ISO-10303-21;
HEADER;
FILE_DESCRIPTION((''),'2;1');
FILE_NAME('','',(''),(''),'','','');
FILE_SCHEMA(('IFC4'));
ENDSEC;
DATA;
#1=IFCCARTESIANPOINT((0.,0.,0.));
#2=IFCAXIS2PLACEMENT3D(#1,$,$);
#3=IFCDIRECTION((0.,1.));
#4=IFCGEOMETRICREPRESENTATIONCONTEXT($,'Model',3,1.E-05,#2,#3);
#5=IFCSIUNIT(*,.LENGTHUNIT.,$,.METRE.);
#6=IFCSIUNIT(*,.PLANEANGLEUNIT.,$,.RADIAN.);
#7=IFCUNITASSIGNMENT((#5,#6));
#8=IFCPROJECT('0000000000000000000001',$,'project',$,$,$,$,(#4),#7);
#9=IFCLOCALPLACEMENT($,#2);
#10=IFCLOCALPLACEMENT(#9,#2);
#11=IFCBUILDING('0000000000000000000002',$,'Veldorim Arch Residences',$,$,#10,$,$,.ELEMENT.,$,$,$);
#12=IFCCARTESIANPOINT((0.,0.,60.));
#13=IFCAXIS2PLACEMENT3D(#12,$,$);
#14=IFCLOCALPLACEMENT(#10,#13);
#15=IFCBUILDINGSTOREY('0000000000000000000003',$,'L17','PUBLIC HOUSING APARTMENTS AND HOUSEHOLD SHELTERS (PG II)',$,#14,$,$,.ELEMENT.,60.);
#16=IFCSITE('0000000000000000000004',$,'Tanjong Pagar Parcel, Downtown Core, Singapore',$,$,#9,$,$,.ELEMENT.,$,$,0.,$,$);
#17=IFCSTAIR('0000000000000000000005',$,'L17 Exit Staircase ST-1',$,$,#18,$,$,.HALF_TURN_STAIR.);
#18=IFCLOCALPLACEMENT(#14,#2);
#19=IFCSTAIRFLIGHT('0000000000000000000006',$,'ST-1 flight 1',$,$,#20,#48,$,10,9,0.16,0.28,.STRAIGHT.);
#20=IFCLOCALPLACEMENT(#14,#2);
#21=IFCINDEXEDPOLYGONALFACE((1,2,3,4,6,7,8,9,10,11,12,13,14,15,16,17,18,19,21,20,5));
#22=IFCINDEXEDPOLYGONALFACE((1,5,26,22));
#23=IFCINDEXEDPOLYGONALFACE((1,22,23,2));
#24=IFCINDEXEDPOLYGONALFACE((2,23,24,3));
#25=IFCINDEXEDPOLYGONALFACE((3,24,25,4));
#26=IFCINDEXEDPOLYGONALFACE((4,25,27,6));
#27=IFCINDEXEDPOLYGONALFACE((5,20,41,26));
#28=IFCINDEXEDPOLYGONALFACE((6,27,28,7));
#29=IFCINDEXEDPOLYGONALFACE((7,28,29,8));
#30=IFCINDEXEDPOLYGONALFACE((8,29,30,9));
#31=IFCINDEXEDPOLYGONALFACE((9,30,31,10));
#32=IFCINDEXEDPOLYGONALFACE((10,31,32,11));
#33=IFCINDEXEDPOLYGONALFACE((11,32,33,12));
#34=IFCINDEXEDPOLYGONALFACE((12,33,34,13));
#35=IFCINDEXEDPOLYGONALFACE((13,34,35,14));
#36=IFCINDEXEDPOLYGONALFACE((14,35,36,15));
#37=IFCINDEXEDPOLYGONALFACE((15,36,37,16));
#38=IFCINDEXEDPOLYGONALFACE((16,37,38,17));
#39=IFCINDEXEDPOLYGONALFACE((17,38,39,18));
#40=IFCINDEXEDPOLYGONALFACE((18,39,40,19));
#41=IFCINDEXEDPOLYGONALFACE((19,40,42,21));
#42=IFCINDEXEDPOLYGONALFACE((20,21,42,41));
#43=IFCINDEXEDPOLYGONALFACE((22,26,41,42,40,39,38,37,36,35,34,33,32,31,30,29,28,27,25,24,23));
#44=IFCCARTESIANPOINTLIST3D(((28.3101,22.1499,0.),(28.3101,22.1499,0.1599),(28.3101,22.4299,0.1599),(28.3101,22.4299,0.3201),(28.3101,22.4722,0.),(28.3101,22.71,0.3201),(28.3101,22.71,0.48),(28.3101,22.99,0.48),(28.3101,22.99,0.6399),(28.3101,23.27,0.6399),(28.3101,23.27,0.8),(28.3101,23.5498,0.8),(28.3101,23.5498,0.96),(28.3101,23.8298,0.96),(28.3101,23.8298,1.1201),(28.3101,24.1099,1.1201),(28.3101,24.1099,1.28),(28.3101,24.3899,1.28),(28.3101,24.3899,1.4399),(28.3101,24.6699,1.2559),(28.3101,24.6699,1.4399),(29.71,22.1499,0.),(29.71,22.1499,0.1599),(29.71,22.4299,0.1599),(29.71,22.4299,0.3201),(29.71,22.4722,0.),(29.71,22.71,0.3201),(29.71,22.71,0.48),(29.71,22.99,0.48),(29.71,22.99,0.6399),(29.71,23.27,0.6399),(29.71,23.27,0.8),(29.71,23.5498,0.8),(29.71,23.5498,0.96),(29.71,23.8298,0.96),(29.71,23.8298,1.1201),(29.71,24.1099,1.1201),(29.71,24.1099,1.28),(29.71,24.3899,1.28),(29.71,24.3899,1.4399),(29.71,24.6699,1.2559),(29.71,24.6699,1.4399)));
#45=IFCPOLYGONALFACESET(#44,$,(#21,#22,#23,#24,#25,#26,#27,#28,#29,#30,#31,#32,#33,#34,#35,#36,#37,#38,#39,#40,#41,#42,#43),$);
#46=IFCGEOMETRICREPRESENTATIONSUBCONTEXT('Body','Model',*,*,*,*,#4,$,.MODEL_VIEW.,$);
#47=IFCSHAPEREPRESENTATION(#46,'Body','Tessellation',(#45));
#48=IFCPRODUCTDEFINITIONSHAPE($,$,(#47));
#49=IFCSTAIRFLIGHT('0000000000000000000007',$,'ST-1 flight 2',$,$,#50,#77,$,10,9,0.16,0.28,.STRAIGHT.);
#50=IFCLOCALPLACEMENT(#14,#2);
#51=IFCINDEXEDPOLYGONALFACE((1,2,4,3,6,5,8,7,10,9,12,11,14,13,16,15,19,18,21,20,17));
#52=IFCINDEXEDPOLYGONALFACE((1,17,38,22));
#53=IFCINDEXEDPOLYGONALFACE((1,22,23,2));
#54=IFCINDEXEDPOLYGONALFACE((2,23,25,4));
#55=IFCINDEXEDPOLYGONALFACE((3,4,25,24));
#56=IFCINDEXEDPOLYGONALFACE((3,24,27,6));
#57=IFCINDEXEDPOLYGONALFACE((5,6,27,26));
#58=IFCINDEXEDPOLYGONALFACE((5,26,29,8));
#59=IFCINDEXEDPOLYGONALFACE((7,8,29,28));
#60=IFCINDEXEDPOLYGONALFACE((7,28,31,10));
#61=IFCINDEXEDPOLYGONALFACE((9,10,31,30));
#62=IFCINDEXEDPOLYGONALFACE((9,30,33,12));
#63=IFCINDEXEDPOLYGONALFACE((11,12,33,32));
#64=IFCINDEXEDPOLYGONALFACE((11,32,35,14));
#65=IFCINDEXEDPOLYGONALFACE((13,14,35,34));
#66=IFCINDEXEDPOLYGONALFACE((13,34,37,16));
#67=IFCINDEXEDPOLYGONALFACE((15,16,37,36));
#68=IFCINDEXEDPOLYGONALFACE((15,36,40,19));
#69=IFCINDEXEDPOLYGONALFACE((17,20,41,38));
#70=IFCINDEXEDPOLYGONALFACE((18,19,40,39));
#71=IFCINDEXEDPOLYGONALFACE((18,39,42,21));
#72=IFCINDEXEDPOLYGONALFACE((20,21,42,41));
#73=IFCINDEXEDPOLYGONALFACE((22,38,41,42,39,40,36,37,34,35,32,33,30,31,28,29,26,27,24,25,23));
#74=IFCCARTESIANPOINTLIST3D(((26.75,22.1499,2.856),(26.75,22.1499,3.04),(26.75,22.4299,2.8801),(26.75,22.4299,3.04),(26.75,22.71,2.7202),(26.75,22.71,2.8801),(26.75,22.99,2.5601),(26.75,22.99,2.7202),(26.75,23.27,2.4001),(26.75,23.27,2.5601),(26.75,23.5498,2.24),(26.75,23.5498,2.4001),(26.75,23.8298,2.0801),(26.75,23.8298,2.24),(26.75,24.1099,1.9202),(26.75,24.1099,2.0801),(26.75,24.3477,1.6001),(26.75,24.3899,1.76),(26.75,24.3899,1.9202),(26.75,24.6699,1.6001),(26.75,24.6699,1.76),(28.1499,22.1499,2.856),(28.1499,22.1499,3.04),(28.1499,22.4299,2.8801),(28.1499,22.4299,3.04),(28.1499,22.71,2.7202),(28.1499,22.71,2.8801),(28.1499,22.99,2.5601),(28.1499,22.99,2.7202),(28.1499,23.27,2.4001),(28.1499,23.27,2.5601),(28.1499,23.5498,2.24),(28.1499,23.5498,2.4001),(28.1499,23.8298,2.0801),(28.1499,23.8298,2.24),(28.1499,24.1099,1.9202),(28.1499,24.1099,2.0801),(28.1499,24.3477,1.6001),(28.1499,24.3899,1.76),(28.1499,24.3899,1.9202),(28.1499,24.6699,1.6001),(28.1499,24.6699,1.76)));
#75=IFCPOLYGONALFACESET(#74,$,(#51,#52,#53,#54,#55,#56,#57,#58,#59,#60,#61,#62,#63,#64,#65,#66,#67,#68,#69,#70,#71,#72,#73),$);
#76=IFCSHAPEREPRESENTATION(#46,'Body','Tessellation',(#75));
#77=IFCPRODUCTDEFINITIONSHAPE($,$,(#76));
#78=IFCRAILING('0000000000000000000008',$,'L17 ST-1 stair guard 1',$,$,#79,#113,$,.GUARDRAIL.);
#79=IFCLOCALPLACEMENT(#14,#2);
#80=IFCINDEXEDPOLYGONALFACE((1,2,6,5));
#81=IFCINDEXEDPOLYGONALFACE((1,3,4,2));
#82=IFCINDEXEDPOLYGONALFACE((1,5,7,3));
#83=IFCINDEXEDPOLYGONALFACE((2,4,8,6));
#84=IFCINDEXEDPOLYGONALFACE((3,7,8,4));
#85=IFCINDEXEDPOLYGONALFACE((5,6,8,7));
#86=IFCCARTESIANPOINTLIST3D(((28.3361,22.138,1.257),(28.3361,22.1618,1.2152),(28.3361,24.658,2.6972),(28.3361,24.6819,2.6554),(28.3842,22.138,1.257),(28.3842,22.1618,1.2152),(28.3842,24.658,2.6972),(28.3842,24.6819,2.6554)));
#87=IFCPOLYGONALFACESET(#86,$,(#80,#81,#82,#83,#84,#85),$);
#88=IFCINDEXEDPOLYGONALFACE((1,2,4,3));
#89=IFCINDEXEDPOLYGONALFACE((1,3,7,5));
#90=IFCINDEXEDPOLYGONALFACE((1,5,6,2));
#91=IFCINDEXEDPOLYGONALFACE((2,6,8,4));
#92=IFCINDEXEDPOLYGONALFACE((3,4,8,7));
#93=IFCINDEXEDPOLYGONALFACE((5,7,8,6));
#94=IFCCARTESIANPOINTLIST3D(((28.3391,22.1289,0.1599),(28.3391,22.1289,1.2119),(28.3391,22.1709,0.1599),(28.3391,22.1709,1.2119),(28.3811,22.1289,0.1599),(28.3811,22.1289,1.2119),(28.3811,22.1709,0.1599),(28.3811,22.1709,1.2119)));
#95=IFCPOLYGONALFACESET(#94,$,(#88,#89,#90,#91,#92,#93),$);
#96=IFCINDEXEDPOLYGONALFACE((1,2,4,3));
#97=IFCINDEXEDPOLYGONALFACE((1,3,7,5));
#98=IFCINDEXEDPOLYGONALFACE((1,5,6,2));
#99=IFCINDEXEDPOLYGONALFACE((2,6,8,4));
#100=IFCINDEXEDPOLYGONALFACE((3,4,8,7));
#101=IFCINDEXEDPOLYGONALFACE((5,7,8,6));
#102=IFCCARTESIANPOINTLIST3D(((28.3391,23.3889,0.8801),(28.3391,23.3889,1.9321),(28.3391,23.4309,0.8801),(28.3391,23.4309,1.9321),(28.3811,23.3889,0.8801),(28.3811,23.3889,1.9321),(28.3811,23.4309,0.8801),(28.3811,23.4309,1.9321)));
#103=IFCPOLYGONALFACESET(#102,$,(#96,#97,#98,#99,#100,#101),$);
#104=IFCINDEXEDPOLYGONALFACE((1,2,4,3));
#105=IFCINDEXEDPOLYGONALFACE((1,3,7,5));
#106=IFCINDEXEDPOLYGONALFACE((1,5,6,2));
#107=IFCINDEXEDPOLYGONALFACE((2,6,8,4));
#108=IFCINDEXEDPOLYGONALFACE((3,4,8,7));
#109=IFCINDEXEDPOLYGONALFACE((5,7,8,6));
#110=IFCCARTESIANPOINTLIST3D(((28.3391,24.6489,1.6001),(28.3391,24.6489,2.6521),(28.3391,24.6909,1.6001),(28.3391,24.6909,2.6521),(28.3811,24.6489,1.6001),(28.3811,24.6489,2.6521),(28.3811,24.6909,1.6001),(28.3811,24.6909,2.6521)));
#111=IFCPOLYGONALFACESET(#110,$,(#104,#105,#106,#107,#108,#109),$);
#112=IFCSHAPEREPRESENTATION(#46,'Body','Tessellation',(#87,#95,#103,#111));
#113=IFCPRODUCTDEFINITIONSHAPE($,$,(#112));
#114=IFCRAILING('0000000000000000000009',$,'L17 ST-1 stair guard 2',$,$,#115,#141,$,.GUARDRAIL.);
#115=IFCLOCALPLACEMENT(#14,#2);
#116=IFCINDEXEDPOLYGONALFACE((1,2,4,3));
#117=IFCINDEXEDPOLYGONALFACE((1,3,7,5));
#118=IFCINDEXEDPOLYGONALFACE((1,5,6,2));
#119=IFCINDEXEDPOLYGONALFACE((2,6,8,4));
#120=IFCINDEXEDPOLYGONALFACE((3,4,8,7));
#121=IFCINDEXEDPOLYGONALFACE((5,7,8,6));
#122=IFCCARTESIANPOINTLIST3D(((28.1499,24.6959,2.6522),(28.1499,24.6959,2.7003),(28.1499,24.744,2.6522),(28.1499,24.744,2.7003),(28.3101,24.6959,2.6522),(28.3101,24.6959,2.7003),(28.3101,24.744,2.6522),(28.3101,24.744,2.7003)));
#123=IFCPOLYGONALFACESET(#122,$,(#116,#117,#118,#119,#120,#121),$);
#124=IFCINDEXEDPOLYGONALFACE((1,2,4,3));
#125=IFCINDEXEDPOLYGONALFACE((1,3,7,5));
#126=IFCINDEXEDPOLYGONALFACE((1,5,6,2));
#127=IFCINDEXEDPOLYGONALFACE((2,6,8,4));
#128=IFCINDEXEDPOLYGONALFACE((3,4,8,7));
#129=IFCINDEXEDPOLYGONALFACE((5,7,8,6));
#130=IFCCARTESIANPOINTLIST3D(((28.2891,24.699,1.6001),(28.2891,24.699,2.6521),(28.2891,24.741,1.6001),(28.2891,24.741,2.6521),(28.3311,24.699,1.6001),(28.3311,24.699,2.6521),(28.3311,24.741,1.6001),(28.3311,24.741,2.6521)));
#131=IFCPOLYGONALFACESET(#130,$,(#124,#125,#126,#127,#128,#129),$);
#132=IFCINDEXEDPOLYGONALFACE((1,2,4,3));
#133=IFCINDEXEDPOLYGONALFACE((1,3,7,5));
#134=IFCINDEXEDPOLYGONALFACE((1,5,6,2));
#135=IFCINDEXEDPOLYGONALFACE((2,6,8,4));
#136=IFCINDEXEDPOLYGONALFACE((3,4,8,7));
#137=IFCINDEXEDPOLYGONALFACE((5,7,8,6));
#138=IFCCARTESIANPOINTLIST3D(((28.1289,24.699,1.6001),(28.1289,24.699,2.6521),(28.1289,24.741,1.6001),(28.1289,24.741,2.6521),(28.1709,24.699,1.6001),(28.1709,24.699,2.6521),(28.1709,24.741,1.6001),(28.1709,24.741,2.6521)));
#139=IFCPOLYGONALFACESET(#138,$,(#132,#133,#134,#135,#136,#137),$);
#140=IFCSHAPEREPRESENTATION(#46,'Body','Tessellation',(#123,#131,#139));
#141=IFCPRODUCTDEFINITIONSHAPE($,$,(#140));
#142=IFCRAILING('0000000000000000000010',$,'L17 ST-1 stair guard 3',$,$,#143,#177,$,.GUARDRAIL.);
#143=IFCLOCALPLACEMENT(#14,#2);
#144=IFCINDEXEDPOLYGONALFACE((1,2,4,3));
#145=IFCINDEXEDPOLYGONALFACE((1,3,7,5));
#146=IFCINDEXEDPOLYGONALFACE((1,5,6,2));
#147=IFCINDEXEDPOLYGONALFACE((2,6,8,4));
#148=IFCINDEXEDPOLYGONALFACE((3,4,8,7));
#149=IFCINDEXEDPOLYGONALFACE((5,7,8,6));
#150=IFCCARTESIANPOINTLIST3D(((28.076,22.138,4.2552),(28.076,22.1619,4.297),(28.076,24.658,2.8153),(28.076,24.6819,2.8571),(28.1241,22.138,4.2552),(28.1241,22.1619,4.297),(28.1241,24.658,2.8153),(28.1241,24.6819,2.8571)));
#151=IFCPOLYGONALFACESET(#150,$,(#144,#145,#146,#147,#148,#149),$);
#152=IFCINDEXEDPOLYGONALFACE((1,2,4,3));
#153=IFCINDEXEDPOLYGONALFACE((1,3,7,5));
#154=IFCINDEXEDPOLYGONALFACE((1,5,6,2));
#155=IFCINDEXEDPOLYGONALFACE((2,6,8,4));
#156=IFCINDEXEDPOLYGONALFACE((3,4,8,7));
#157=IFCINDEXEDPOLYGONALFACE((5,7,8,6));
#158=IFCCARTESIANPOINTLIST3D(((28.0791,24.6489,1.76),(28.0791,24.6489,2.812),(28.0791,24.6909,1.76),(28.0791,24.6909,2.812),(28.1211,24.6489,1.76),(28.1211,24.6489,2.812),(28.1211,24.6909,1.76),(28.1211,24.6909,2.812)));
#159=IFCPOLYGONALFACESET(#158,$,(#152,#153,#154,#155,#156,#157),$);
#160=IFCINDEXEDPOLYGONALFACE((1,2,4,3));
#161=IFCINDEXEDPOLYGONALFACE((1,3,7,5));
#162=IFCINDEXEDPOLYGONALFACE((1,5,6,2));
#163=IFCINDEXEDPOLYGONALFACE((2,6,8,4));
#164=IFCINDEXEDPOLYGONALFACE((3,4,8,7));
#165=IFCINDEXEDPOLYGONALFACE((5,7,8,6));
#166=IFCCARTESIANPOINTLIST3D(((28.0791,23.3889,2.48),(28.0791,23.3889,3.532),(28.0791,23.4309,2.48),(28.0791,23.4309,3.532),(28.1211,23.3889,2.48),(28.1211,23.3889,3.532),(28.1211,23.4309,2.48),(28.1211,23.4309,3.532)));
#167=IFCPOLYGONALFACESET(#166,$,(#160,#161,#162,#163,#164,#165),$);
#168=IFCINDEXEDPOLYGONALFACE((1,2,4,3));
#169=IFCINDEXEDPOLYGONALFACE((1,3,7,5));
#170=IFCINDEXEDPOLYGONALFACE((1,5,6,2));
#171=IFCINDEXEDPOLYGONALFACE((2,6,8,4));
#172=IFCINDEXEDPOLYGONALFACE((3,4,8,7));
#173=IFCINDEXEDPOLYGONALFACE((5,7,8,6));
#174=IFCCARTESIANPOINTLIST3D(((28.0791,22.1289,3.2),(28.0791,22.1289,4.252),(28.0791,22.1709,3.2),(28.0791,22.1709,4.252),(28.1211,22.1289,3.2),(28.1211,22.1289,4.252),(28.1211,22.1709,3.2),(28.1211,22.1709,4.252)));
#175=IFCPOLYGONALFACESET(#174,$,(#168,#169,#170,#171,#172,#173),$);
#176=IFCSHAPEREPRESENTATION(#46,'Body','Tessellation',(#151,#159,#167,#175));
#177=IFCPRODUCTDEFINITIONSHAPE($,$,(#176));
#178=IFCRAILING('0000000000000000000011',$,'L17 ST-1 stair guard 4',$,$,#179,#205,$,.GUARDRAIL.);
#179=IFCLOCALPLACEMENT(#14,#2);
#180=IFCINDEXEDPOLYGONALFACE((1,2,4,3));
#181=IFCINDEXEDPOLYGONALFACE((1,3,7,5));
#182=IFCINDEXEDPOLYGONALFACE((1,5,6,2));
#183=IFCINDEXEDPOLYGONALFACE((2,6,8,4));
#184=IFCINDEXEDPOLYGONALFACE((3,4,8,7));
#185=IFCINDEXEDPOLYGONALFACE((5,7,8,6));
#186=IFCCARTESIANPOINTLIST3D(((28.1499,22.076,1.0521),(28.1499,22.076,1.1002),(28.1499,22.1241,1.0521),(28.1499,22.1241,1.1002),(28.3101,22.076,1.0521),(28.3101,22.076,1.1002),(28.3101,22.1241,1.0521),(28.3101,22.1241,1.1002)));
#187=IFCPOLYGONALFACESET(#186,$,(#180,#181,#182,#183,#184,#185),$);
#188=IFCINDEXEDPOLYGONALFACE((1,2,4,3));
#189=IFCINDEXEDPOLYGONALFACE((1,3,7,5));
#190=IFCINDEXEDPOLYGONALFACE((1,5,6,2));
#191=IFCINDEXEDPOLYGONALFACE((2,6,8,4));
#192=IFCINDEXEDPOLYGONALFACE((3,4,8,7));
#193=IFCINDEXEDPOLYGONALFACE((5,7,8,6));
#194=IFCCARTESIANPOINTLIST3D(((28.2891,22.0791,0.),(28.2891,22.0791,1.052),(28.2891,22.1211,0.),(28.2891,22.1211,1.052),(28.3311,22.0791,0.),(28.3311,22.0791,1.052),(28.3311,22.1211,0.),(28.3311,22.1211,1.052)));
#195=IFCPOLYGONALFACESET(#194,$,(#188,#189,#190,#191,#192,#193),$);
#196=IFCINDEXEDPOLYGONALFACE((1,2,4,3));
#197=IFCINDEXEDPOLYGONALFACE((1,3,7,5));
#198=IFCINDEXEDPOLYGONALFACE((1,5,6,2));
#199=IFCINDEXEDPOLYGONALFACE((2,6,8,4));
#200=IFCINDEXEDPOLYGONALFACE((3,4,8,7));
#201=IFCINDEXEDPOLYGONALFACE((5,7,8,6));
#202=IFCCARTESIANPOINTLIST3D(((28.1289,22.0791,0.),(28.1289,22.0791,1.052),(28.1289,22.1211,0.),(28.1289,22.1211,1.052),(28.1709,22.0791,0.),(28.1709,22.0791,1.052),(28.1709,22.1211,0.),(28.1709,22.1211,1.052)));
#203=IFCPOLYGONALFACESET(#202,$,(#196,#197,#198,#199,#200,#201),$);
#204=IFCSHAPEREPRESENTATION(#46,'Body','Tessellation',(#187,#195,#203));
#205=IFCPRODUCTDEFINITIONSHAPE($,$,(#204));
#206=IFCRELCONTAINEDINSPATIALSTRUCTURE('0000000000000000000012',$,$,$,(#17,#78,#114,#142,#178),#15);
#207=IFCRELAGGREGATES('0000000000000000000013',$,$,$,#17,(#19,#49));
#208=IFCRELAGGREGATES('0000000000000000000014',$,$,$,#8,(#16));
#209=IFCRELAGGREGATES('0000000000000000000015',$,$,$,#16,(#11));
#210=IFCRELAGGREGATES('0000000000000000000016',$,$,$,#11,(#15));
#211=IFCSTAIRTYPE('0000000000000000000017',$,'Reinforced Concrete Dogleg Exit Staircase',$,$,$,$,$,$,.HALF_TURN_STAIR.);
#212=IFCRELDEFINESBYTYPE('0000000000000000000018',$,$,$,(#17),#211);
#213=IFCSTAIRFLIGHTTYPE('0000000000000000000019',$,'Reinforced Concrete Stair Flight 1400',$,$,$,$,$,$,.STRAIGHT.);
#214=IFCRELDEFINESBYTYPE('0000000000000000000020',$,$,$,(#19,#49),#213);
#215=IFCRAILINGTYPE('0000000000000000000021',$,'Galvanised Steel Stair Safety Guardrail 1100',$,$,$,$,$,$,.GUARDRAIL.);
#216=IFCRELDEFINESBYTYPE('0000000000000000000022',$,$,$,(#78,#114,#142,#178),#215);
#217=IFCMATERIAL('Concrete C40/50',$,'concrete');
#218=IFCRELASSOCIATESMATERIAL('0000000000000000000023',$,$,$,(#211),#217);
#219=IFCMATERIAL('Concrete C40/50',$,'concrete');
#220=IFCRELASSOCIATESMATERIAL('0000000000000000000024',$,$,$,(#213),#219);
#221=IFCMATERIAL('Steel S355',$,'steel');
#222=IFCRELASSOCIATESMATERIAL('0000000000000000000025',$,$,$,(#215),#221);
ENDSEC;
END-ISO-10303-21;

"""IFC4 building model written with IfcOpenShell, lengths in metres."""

from ifc_helpers import new_model, si_unit, direction, frame, origin, origin_2d, place, context, subcontext, project, spatial, polyline, rectangle, outline, extrude, material, type_object, element, aggregate, save


model = new_model("IFC4")

# Units and contexts
model_context = context("Model", 3, precision=1e-05, world=origin(), true_north=direction((0.0, 1.0)))
body_context = subcontext(model_context, "Body", "Model", "MODEL_VIEW")
ifc_project = project(units=[si_unit("LENGTHUNIT", "METRE"), si_unit("PLANEANGLEUNIT", "RADIAN")], contexts=[model_context])

# Site, building, storey
site_placement = place(None, origin())
site = spatial("IfcSite", under=ifc_project, at=site_placement, Name="Tanjong Pagar Parcel, Downtown Core, Singapore", CompositionType="ELEMENT", RefElevation=0.0)
building_placement = place(site_placement, origin())
building = spatial("IfcBuilding", under=site, at=building_placement, Name="Veldorim Arch Residences", CompositionType="ELEMENT")
storey_placement = place(building_placement, frame((0.0, 0.0, 60.0)))
storey = spatial("IfcBuildingStorey", under=building, at=storey_placement, Name="L17", Description="PUBLIC HOUSING APARTMENTS AND HOUSEHOLD SHELTERS (PG II)", CompositionType="ELEMENT", Elevation=60.0)

# Stair, stair flights
ifc_material_1 = material(Name="Concrete C40/50", Category="concrete")
stair_type = type_object("IfcStairType", Name="Reinforced Concrete Dogleg Exit Staircase", PredefinedType="HALF_TURN_STAIR", material=ifc_material_1)
stair_placement = place(storey_placement, origin())
stair = element("IfcStair", 1, at=stair_placement, inside=storey, type_object=stair_type, Name="L17 Exit Staircase ST-1", PredefinedType="HALF_TURN_STAIR")
ifc_material_2 = material(Name="Concrete C40/50", Category="concrete")
stair_flight_type = type_object("IfcStairFlightType", Name="Reinforced Concrete Stair Flight 1400", PredefinedType="STRAIGHT", material=ifc_material_2)
stair_flight_1_placement = place(storey_placement, frame((29.01, 22.1499, 0.0), z_axis=(0.0, 0.0, 1.0), x_axis=(0.0, 1.0, 0.0)))
stair_flight_1 = element("IfcStairFlight", 2, at=stair_flight_1_placement, type_object=stair_flight_type, Name="ST-1 flight 1", NumberOfRisers=10, NumberOfTreads=9, PredefinedType="STRAIGHT", RiserHeight=0.16, TreadLength=0.28, context=body_context, shape_type="SweptSolid", body=[
    extrude(outline(polyline([(0.0, 0.0), (0.0, 0.1599), (0.28, 0.1599), (0.28, 0.3201), (0.5601, 0.3201), (0.5601, 0.48), (0.8401, 0.48), (0.8401, 0.6399), (1.1201, 0.6399), (1.1201, 0.8), (1.3999, 0.8), (1.3999, 0.96), (1.6799, 0.96), (1.6799, 1.1201), (1.96, 1.1201), (1.96, 1.28), (2.24, 1.28), (2.24, 1.4399), (2.52, 1.4399), (2.52, 1.6001), (2.52, 1.2559), (0.3223, 0.0), (0.0, 0.0)])), frame((0.0, 0.7, 0.0), z_axis=(0.0, -1.0, 0.0), x_axis=(1.0, 0.0, 0.0)), (0.0, 0.0, 1.0), 1.3999),
])
stair_flight_2_placement = place(storey_placement, frame((27.45, 24.6699, 1.6001), z_axis=(0.0, 0.0, 1.0), x_axis=(0.0, -1.0, 0.0)))
stair_flight_2 = element("IfcStairFlight", 3, at=stair_flight_2_placement, type_object=stair_flight_type, Name="ST-1 flight 2", NumberOfRisers=10, NumberOfTreads=9, PredefinedType="STRAIGHT", RiserHeight=0.16, TreadLength=0.28, context=body_context, shape_type="SweptSolid", body=[
    extrude(outline(polyline([(0.0, 0.0), (0.0, 0.1599), (0.28, 0.1599), (0.28, 0.3201), (0.5601, 0.3201), (0.5601, 0.48), (0.8401, 0.48), (0.8401, 0.6399), (1.1201, 0.6399), (1.1201, 0.8), (1.3999, 0.8), (1.3999, 0.96), (1.6799, 0.96), (1.6799, 1.1201), (1.96, 1.1201), (1.96, 1.28), (2.24, 1.28), (2.24, 1.4399), (2.52, 1.4399), (2.52, 1.6001), (2.52, 1.2559), (0.3223, 0.0), (0.0, 0.0)])), frame((0.0, 0.7, 0.0), z_axis=(0.0, -1.0, 0.0), x_axis=(1.0, 0.0, 0.0)), (0.0, 0.0, 1.0), 1.3999),
])
aggregate(stair, [stair_flight_1, stair_flight_2])

# Railings
ifc_material_3 = material(Name="Steel S355", Category="steel")
railing_type_1 = type_object("IfcRailingType", Name="Galvanised Steel Stair Safety Guardrail 1100", PredefinedType="GUARDRAIL", material=ifc_material_3)
railing_1_placement = place(storey_placement, frame((28.3601, 22.1499, 0.1599)))
element("IfcRailing", 4, at=railing_1_placement, inside=storey, type_object=railing_type_1, Name="L17 ST-1 stair guard 1", PredefinedType="GUARDRAIL", context=body_context, shape_type="SweptSolid", body=[
    extrude(rectangle(XDim=0.0481, YDim=0.0481, at=origin_2d()), frame((0.0, 0.0, 1.0762), z_axis=(0.0, 0.868217, 0.496184), x_axis=(-1.0, 0.0, 0.0)), (0.0, 0.0, 1.0), 2.9026),
    extrude(rectangle(XDim=0.042, YDim=0.042, at=origin_2d()), origin(), (0.0, 0.0, 1.0), 1.052),
    extrude(rectangle(XDim=0.042, YDim=0.042, at=origin_2d()), frame((0.0, 1.26, 0.7202)), (0.0, 0.0, 1.0), 1.052),
    extrude(rectangle(XDim=0.042, YDim=0.042, at=origin_2d()), frame((0.0, 2.52, 1.4402)), (0.0, 0.0, 1.0), 1.052),
])
railing_2_placement = place(storey_placement, frame((28.3101, 24.72, 1.6001)))
element("IfcRailing", 5, at=railing_2_placement, inside=storey, type_object=railing_type_1, Name="L17 ST-1 stair guard 2", PredefinedType="GUARDRAIL", context=body_context, shape_type="SweptSolid", body=[
    extrude(rectangle(XDim=0.0481, YDim=0.0481, at=origin_2d()), frame((0.0, 0.0, 1.0762), z_axis=(-1.0, 0.0, 0.0), x_axis=(0.0, -1.0, 0.0)), (0.0, 0.0, 1.0), 0.1602),
    extrude(rectangle(XDim=0.042, YDim=0.042, at=origin_2d()), origin(), (0.0, 0.0, 1.0), 1.052),
    extrude(rectangle(XDim=0.042, YDim=0.042, at=origin_2d()), frame((-0.1602, 0.0, 0.0)), (0.0, 0.0, 1.0), 1.052),
])
railing_3_placement = place(storey_placement, frame((28.1001, 24.6699, 1.76)))
element("IfcRailing", 6, at=railing_3_placement, inside=storey, type_object=railing_type_1, Name="L17 ST-1 stair guard 3", PredefinedType="GUARDRAIL", context=body_context, shape_type="SweptSolid", body=[
    extrude(rectangle(XDim=0.0481, YDim=0.0481, at=origin_2d()), frame((0.0, 0.0, 1.0762), z_axis=(0.0, -0.868253, 0.496121), x_axis=(1.0, 0.0, 0.0)), (0.0, 0.0, 1.0), 2.9023),
    extrude(rectangle(XDim=0.042, YDim=0.042, at=origin_2d()), origin(), (0.0, 0.0, 1.0), 1.052),
    extrude(rectangle(XDim=0.042, YDim=0.042, at=origin_2d()), frame((0.0, -1.26, 0.72)), (0.0, 0.0, 1.0), 1.052),
    extrude(rectangle(XDim=0.042, YDim=0.042, at=origin_2d()), frame((0.0, -2.52, 1.4399)), (0.0, 0.0, 1.0), 1.052),
])
railing_4_placement = place(storey_placement, frame((28.3101, 22.1001, 0.0)))
element("IfcRailing", 7, at=railing_4_placement, inside=storey, type_object=railing_type_1, Name="L17 ST-1 stair guard 4", PredefinedType="GUARDRAIL", context=body_context, shape_type="SweptSolid", body=[
    extrude(rectangle(XDim=0.0481, YDim=0.0481, at=origin_2d()), frame((0.0, 0.0, 1.0762), z_axis=(-1.0, 0.0, 0.0), x_axis=(0.0, -1.0, 0.0)), (0.0, 0.0, 1.0), 0.1602),
    extrude(rectangle(XDim=0.042, YDim=0.042, at=origin_2d()), origin(), (0.0, 0.0, 1.0), 1.052),
    extrude(rectangle(XDim=0.042, YDim=0.042, at=origin_2d()), frame((-0.1602, 0.0, 0.0)), (0.0, 0.0, 1.0), 1.052),
])

save(model, "model.ifc")
